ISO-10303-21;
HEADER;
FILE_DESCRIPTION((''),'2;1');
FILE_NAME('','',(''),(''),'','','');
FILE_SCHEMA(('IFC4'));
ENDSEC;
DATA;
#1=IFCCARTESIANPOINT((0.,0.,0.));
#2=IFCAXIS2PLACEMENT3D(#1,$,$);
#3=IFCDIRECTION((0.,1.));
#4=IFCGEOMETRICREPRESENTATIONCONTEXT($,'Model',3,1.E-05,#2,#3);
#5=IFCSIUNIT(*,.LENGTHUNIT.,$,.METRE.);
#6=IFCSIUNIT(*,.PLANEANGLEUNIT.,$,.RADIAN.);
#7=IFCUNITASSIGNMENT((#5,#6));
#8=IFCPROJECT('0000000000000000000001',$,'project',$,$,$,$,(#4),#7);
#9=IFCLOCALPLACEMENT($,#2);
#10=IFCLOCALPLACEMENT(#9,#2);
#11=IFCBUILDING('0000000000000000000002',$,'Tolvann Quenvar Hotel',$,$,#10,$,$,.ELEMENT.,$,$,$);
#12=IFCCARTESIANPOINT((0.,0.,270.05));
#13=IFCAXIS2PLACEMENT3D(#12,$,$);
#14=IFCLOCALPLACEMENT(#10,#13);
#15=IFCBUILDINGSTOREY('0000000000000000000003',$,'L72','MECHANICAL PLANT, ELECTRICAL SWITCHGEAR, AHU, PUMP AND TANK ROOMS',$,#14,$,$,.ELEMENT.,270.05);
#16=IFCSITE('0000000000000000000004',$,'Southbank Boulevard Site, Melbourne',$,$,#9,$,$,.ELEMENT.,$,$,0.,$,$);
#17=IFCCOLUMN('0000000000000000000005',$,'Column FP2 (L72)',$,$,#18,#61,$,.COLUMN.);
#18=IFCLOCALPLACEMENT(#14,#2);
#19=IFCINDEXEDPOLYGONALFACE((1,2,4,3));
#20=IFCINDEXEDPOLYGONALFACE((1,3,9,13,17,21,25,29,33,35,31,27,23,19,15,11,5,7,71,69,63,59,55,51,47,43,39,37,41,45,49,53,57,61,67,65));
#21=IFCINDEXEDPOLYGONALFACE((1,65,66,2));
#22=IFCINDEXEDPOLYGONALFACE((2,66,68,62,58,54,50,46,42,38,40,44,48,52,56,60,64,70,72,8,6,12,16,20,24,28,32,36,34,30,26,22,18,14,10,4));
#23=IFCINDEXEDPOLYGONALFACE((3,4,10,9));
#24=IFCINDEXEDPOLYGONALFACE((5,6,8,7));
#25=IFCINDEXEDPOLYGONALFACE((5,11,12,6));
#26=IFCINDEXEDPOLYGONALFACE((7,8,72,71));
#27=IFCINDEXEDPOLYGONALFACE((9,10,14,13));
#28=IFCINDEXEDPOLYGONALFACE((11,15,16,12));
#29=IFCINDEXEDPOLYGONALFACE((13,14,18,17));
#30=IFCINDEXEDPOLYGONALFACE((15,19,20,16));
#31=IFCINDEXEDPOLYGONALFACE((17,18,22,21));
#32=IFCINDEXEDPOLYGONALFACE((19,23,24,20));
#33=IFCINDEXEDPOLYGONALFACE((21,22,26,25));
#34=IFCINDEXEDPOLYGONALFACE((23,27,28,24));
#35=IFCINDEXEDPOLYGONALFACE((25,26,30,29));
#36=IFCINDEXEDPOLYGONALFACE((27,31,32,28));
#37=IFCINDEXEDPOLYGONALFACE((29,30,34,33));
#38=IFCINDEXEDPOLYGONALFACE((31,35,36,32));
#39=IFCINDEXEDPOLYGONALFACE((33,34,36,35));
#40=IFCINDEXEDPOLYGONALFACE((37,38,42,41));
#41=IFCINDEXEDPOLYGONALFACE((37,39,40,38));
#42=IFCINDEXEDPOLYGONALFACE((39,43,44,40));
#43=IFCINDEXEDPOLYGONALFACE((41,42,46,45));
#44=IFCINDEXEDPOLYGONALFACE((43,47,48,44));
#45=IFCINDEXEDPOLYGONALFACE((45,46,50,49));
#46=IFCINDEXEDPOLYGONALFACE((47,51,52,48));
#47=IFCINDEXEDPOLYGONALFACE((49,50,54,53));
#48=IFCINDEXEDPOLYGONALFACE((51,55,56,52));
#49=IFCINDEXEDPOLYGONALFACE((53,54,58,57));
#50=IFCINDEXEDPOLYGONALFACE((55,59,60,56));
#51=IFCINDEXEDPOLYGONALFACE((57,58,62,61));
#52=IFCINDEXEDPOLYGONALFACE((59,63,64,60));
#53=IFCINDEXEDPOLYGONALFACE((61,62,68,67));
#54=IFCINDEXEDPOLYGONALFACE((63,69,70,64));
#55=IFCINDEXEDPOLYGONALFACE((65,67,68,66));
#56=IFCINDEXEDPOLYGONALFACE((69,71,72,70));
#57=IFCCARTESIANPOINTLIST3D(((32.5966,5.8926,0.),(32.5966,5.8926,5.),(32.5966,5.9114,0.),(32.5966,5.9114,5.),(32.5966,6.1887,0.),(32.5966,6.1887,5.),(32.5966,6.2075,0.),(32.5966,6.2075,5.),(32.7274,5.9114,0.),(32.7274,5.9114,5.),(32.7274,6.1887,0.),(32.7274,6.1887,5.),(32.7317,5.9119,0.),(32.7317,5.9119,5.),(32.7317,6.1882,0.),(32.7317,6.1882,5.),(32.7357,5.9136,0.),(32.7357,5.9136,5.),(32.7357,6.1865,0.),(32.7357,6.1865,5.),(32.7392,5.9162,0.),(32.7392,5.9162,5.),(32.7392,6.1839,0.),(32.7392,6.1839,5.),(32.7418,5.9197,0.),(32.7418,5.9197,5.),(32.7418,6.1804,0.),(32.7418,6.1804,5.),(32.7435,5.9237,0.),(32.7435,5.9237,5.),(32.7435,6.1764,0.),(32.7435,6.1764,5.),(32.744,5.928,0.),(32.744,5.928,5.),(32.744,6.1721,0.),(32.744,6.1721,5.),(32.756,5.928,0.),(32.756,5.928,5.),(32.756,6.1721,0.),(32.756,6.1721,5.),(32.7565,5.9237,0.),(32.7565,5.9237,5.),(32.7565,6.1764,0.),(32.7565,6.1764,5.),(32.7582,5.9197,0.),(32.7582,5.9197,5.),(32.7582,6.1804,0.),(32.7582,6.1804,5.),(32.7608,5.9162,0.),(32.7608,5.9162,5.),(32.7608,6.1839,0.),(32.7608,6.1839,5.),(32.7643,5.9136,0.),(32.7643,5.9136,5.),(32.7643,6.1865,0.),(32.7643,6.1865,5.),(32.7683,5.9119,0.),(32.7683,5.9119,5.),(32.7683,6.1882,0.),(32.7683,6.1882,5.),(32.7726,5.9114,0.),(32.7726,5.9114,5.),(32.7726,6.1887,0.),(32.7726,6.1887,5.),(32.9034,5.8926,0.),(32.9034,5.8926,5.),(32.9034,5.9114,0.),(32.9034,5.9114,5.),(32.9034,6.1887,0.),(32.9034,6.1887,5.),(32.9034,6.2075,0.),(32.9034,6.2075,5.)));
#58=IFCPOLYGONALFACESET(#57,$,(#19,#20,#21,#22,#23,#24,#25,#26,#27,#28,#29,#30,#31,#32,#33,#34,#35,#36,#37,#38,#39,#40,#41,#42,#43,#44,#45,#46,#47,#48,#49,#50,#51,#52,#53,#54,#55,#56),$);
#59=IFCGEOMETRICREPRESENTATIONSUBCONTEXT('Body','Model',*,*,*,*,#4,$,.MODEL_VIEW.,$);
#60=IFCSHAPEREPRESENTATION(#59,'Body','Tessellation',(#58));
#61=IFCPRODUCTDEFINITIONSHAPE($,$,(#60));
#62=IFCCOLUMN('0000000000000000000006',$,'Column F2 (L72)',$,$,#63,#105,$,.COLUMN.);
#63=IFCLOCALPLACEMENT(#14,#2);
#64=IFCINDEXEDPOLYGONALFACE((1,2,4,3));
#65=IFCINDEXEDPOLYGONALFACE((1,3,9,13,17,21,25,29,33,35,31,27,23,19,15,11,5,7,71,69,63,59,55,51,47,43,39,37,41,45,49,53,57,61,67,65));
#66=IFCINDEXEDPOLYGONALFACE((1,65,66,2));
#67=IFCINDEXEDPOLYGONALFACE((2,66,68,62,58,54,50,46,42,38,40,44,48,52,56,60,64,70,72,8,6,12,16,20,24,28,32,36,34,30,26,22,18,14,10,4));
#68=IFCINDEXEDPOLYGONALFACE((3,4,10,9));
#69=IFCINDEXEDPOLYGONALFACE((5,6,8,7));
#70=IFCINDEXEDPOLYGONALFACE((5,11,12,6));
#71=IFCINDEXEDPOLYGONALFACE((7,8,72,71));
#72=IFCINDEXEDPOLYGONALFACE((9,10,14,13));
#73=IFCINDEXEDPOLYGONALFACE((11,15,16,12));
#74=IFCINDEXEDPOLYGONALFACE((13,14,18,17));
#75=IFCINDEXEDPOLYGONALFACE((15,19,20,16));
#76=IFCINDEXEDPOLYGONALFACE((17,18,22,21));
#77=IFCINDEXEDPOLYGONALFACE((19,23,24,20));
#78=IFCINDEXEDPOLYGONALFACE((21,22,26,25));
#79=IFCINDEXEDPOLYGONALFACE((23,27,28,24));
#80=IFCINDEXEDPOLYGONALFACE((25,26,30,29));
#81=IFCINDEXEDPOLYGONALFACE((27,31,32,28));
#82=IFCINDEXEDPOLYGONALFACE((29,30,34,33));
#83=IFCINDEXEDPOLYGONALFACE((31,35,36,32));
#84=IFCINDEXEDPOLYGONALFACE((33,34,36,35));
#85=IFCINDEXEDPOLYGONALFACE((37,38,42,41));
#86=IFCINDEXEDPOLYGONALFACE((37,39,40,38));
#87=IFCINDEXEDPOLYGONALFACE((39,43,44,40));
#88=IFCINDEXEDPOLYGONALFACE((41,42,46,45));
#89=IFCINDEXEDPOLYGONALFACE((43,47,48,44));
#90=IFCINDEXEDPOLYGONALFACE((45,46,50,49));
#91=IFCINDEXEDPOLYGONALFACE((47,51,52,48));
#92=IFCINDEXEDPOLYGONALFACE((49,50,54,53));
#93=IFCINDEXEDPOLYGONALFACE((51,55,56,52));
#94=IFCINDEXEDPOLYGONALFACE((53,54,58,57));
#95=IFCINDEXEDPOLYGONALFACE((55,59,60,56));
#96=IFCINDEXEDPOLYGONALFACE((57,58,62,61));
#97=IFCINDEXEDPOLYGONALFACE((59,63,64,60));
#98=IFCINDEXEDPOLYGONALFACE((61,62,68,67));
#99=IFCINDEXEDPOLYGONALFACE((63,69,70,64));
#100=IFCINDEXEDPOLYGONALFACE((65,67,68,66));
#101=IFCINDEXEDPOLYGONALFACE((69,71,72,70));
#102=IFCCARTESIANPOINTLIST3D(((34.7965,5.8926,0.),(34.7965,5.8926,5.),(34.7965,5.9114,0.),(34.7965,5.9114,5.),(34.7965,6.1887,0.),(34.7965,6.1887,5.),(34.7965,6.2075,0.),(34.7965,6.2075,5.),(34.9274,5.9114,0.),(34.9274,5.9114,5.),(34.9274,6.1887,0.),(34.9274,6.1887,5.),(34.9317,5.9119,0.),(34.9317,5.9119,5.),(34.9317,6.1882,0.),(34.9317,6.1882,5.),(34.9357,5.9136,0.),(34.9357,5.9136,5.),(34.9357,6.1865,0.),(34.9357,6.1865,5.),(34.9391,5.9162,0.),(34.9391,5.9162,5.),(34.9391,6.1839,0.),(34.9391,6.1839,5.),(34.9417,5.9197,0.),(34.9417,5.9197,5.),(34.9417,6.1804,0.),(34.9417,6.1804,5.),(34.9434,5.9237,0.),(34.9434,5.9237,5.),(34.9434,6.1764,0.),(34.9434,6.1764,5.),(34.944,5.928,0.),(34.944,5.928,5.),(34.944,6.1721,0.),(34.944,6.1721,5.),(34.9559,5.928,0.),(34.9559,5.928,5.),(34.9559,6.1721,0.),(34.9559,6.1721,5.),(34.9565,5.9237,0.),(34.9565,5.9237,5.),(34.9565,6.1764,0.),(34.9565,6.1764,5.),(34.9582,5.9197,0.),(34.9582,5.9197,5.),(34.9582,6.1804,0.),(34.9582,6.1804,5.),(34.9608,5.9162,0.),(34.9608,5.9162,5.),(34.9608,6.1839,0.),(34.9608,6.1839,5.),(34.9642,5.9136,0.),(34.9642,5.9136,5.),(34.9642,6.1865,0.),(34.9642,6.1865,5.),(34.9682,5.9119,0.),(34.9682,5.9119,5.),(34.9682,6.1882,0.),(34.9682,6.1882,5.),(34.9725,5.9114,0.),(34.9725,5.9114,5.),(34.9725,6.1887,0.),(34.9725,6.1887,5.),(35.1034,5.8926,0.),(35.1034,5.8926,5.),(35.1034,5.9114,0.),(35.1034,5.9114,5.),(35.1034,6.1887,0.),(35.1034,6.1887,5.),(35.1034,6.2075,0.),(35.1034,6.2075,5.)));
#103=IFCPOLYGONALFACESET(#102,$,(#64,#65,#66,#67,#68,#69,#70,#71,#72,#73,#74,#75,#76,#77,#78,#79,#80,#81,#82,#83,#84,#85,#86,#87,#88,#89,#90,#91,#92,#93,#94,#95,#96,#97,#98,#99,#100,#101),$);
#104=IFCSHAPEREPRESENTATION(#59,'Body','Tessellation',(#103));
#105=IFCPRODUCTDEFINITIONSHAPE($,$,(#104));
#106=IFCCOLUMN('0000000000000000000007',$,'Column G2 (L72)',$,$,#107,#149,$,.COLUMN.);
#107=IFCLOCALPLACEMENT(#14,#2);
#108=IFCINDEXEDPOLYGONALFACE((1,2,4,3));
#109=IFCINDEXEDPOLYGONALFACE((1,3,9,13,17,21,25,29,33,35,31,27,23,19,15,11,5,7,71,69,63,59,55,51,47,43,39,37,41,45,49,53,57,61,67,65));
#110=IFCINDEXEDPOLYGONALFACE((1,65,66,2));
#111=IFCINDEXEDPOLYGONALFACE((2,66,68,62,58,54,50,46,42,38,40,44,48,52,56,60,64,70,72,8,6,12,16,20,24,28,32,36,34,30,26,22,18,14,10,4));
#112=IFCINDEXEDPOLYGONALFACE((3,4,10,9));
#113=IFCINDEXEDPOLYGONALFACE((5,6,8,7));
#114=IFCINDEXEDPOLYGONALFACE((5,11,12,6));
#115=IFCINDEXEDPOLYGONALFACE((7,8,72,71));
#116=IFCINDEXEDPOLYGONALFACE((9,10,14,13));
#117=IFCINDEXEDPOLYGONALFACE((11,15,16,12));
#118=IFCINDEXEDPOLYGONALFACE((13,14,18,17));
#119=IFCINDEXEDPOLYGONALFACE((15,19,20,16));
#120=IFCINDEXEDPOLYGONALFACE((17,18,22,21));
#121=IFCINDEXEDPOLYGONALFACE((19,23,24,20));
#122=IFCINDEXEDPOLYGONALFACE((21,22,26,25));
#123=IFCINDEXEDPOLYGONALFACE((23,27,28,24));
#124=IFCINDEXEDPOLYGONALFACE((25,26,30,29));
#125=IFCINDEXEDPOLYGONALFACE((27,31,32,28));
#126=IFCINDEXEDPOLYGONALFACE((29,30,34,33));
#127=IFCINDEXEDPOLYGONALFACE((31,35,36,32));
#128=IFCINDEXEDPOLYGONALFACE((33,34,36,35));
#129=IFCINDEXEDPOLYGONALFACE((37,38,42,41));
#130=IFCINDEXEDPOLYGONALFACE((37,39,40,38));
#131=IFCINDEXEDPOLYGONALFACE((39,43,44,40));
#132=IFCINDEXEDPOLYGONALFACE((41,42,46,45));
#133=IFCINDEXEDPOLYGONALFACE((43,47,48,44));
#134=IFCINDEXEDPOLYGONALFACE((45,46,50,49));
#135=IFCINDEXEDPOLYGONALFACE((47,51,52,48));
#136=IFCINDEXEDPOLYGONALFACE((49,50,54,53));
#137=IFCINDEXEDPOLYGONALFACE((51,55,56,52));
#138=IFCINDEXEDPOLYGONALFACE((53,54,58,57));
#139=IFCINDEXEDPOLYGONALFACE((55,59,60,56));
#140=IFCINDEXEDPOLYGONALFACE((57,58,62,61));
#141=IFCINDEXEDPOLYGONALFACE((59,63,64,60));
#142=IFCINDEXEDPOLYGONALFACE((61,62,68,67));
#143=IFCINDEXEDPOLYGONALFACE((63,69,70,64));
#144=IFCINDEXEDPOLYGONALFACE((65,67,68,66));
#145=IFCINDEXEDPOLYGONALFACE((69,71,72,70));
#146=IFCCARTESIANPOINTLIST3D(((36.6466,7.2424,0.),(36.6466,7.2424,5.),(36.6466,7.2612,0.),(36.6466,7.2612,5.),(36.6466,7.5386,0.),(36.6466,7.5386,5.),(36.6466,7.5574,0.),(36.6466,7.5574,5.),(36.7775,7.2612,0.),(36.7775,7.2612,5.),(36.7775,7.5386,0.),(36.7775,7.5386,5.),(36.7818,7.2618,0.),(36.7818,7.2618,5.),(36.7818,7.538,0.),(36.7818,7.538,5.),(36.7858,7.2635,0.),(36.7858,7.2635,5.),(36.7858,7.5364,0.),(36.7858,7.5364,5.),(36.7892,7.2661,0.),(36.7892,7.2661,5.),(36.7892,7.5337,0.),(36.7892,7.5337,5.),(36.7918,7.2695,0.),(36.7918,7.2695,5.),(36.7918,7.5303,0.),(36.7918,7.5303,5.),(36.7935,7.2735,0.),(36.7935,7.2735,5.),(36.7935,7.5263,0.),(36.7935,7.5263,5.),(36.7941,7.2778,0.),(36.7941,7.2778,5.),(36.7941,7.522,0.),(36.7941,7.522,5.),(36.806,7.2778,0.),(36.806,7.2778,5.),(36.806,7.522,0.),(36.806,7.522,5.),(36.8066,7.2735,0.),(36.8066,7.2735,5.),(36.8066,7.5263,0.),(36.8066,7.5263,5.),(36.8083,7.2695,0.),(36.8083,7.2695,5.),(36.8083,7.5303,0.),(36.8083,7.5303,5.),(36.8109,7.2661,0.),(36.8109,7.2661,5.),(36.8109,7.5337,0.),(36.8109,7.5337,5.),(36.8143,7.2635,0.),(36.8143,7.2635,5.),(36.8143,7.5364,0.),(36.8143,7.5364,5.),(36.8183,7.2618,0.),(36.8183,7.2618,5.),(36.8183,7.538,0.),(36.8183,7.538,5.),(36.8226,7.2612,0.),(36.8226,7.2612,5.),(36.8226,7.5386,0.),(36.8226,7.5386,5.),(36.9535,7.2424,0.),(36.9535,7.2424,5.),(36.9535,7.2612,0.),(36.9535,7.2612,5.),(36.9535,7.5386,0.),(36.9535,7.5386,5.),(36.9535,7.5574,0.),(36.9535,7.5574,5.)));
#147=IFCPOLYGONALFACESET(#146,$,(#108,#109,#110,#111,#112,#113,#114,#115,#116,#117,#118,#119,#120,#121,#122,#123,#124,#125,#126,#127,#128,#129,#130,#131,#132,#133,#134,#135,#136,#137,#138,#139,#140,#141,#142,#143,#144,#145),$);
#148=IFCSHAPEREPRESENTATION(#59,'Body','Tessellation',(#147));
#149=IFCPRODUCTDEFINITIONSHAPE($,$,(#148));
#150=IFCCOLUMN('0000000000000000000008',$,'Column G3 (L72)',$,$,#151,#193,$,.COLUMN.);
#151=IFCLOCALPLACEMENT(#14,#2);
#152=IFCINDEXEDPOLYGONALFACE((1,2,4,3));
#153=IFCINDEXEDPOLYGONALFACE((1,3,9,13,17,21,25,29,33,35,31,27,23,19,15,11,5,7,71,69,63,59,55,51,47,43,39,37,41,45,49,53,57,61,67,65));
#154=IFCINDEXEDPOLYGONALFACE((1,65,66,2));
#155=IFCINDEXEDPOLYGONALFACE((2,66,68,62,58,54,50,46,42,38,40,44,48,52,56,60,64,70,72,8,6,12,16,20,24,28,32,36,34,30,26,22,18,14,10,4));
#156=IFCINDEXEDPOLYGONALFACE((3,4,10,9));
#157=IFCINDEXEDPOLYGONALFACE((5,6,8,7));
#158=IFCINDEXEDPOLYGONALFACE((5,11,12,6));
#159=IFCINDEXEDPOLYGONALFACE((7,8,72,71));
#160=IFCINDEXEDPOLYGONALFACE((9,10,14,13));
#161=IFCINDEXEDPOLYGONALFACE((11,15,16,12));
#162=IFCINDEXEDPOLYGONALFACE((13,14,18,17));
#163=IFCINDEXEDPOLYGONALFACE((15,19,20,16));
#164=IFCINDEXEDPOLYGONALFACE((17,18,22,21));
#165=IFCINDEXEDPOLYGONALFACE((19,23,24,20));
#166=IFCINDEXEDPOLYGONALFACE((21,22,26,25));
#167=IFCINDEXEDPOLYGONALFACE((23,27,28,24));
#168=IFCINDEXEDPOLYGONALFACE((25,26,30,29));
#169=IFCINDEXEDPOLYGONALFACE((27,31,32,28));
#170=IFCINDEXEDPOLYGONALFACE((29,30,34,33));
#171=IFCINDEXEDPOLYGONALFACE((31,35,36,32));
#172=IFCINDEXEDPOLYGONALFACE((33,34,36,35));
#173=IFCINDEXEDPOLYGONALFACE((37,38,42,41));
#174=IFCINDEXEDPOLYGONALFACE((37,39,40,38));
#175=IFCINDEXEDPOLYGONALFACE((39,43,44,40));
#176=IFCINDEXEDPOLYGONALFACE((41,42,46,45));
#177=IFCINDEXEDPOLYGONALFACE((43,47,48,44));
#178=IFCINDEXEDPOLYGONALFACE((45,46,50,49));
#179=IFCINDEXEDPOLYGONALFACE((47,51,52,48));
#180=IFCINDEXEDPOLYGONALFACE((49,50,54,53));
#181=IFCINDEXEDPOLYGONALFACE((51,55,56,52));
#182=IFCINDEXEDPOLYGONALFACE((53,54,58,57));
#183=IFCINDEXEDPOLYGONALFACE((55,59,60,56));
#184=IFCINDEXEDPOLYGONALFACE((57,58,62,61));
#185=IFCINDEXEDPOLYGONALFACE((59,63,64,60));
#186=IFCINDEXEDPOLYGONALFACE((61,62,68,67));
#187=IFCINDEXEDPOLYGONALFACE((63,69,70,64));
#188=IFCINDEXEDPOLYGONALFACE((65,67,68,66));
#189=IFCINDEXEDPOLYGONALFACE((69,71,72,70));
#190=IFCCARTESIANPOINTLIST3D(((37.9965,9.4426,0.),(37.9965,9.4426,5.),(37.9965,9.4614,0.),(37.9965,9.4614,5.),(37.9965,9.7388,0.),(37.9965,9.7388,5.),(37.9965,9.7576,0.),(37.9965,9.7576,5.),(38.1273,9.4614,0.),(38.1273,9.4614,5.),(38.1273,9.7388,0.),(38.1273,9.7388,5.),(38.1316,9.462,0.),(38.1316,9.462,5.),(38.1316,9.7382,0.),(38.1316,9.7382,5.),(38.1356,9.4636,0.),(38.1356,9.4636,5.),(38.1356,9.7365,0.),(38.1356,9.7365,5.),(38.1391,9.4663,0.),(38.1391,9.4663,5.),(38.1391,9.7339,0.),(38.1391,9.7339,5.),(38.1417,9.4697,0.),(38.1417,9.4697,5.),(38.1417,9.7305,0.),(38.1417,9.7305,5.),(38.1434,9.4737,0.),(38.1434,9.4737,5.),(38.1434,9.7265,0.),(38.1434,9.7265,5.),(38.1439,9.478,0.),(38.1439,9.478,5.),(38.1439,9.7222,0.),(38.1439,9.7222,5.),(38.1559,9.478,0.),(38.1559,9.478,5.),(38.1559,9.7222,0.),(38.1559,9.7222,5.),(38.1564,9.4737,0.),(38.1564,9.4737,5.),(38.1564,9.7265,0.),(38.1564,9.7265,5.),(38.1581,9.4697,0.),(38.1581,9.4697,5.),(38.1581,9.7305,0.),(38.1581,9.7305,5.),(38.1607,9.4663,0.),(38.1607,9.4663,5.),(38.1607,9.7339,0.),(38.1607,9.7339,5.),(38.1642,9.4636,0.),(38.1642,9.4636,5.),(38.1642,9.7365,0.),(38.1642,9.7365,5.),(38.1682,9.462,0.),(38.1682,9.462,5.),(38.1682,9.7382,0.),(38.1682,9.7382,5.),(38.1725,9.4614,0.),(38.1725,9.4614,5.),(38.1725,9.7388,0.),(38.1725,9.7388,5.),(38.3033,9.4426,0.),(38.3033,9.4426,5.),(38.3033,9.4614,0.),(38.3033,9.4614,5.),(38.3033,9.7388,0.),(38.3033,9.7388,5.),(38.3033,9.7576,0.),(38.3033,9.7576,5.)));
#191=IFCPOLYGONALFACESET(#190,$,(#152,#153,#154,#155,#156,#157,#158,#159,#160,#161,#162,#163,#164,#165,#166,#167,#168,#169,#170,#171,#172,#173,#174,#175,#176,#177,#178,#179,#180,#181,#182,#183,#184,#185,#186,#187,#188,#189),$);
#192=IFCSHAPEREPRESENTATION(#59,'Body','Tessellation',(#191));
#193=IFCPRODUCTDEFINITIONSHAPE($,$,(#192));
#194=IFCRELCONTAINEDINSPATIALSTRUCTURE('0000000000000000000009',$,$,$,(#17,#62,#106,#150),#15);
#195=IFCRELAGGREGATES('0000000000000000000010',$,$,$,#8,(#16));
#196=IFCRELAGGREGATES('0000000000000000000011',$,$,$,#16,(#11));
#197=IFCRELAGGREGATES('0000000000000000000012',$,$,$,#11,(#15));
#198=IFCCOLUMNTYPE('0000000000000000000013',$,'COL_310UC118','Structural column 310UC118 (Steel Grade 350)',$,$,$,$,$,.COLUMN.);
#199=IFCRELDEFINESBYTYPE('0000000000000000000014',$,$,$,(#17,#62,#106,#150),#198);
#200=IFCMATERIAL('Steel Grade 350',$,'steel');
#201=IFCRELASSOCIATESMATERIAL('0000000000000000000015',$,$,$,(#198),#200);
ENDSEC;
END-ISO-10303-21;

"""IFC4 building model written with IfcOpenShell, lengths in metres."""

from ifc_helpers import new_model, si_unit, direction, frame, origin, origin_2d, place, context, subcontext, project, spatial, i_section, extrude, source, transform, mapped, material, material_profile, profile_set, type_object, type_shapes, element, save


model = new_model("IFC4")

# Units and contexts
model_context = context("Model", 3, precision=1e-05, world=origin(), true_north=direction((0.0, 1.0)))
body_context = subcontext(model_context, "Body", "Model", "MODEL_VIEW")
ifc_project = project(units=[si_unit("LENGTHUNIT", "METRE"), si_unit("PLANEANGLEUNIT", "RADIAN")], contexts=[model_context])

# Site, building, storey
site_placement = place(None, origin())
site = spatial("IfcSite", under=ifc_project, at=site_placement, Name="Southbank Boulevard Site, Melbourne", CompositionType="ELEMENT", RefElevation=0.0)
building_placement = place(site_placement, origin())
building = spatial("IfcBuilding", under=site, at=building_placement, Name="Tolvann Quenvar Hotel", CompositionType="ELEMENT")
storey_placement = place(building_placement, frame((0.0, 0.0, 270.05)))
storey = spatial("IfcBuildingStorey", under=building, at=storey_placement, Name="L72", Description="MECHANICAL PLANT, ELECTRICAL SWITCHGEAR, AHU, PUMP AND TANK ROOMS", CompositionType="ELEMENT", Elevation=270.05)

# Columns
ifc_material_1 = material(Name="Steel Grade 350", Category="steel")
ifc_material_profile_1 = material_profile(ifc_material_1, i_section(OverallWidth=0.3069, OverallDepth=0.3149, WebThickness=0.012, FlangeThickness=0.0188, FilletRadius=0.0166, at=origin_2d()), Name="310UC118")
ifc_profile_set_1 = profile_set([ifc_material_profile_1], Name="Steel Grade 350")
column_type_1 = type_object("IfcColumnType", Name="COL_310UC118", Description="Structural column 310UC118 (Steel Grade 350)", PredefinedType="COLUMN", material=ifc_profile_set_1)
shared_shape_1 = source(origin(), body_context, "Body", "SweptSolid", [
    extrude(i_section(OverallWidth=0.3069, OverallDepth=0.3149, WebThickness=0.012, FlangeThickness=0.0188, FilletRadius=0.0166, at=origin_2d()), origin(), (0.0, 0.0, 1.0), 5.0),
])
type_shapes(column_type_1, [shared_shape_1])
for number, where, z_axis, x_axis, name in (
    (1, (32.75, 6.05, 0.0), (0.0, 0.0, 1.0), (1.0, 0.0, 0.0), "Column FP2 (L72)"),
    (2, (34.95, 6.05, 0.0), (0.0, 0.0, 1.0), (1.0, 0.0, 0.0), "Column F2 (L72)"),
    (3, (36.8, 7.3999, 0.0), (0.0, 0.0, 1.0), (1.0, 0.0, 0.0), "Column G2 (L72)"),
    (4, (38.1499, 9.6001, 0.0), (0.0, 0.0, 1.0), (1.0, 0.0, 0.0), "Column G3 (L72)"),
):
    element("IfcColumn", number, at=place(storey_placement, frame(where, z_axis=z_axis, x_axis=x_axis)), inside=storey, type_object=column_type_1, Name=name, PredefinedType="COLUMN", context=body_context, shape_type="MappedRepresentation", body=[
        mapped(shared_shape_1, transform((0.0, 0.0, 0.0), x_axis=(1.0, 0.0, 0.0), y_axis=(0.0, 1.0, 0.0), z_axis=(0.0, 0.0, 1.0), scale=1.0)),
    ])

save(model, "model.ifc")
